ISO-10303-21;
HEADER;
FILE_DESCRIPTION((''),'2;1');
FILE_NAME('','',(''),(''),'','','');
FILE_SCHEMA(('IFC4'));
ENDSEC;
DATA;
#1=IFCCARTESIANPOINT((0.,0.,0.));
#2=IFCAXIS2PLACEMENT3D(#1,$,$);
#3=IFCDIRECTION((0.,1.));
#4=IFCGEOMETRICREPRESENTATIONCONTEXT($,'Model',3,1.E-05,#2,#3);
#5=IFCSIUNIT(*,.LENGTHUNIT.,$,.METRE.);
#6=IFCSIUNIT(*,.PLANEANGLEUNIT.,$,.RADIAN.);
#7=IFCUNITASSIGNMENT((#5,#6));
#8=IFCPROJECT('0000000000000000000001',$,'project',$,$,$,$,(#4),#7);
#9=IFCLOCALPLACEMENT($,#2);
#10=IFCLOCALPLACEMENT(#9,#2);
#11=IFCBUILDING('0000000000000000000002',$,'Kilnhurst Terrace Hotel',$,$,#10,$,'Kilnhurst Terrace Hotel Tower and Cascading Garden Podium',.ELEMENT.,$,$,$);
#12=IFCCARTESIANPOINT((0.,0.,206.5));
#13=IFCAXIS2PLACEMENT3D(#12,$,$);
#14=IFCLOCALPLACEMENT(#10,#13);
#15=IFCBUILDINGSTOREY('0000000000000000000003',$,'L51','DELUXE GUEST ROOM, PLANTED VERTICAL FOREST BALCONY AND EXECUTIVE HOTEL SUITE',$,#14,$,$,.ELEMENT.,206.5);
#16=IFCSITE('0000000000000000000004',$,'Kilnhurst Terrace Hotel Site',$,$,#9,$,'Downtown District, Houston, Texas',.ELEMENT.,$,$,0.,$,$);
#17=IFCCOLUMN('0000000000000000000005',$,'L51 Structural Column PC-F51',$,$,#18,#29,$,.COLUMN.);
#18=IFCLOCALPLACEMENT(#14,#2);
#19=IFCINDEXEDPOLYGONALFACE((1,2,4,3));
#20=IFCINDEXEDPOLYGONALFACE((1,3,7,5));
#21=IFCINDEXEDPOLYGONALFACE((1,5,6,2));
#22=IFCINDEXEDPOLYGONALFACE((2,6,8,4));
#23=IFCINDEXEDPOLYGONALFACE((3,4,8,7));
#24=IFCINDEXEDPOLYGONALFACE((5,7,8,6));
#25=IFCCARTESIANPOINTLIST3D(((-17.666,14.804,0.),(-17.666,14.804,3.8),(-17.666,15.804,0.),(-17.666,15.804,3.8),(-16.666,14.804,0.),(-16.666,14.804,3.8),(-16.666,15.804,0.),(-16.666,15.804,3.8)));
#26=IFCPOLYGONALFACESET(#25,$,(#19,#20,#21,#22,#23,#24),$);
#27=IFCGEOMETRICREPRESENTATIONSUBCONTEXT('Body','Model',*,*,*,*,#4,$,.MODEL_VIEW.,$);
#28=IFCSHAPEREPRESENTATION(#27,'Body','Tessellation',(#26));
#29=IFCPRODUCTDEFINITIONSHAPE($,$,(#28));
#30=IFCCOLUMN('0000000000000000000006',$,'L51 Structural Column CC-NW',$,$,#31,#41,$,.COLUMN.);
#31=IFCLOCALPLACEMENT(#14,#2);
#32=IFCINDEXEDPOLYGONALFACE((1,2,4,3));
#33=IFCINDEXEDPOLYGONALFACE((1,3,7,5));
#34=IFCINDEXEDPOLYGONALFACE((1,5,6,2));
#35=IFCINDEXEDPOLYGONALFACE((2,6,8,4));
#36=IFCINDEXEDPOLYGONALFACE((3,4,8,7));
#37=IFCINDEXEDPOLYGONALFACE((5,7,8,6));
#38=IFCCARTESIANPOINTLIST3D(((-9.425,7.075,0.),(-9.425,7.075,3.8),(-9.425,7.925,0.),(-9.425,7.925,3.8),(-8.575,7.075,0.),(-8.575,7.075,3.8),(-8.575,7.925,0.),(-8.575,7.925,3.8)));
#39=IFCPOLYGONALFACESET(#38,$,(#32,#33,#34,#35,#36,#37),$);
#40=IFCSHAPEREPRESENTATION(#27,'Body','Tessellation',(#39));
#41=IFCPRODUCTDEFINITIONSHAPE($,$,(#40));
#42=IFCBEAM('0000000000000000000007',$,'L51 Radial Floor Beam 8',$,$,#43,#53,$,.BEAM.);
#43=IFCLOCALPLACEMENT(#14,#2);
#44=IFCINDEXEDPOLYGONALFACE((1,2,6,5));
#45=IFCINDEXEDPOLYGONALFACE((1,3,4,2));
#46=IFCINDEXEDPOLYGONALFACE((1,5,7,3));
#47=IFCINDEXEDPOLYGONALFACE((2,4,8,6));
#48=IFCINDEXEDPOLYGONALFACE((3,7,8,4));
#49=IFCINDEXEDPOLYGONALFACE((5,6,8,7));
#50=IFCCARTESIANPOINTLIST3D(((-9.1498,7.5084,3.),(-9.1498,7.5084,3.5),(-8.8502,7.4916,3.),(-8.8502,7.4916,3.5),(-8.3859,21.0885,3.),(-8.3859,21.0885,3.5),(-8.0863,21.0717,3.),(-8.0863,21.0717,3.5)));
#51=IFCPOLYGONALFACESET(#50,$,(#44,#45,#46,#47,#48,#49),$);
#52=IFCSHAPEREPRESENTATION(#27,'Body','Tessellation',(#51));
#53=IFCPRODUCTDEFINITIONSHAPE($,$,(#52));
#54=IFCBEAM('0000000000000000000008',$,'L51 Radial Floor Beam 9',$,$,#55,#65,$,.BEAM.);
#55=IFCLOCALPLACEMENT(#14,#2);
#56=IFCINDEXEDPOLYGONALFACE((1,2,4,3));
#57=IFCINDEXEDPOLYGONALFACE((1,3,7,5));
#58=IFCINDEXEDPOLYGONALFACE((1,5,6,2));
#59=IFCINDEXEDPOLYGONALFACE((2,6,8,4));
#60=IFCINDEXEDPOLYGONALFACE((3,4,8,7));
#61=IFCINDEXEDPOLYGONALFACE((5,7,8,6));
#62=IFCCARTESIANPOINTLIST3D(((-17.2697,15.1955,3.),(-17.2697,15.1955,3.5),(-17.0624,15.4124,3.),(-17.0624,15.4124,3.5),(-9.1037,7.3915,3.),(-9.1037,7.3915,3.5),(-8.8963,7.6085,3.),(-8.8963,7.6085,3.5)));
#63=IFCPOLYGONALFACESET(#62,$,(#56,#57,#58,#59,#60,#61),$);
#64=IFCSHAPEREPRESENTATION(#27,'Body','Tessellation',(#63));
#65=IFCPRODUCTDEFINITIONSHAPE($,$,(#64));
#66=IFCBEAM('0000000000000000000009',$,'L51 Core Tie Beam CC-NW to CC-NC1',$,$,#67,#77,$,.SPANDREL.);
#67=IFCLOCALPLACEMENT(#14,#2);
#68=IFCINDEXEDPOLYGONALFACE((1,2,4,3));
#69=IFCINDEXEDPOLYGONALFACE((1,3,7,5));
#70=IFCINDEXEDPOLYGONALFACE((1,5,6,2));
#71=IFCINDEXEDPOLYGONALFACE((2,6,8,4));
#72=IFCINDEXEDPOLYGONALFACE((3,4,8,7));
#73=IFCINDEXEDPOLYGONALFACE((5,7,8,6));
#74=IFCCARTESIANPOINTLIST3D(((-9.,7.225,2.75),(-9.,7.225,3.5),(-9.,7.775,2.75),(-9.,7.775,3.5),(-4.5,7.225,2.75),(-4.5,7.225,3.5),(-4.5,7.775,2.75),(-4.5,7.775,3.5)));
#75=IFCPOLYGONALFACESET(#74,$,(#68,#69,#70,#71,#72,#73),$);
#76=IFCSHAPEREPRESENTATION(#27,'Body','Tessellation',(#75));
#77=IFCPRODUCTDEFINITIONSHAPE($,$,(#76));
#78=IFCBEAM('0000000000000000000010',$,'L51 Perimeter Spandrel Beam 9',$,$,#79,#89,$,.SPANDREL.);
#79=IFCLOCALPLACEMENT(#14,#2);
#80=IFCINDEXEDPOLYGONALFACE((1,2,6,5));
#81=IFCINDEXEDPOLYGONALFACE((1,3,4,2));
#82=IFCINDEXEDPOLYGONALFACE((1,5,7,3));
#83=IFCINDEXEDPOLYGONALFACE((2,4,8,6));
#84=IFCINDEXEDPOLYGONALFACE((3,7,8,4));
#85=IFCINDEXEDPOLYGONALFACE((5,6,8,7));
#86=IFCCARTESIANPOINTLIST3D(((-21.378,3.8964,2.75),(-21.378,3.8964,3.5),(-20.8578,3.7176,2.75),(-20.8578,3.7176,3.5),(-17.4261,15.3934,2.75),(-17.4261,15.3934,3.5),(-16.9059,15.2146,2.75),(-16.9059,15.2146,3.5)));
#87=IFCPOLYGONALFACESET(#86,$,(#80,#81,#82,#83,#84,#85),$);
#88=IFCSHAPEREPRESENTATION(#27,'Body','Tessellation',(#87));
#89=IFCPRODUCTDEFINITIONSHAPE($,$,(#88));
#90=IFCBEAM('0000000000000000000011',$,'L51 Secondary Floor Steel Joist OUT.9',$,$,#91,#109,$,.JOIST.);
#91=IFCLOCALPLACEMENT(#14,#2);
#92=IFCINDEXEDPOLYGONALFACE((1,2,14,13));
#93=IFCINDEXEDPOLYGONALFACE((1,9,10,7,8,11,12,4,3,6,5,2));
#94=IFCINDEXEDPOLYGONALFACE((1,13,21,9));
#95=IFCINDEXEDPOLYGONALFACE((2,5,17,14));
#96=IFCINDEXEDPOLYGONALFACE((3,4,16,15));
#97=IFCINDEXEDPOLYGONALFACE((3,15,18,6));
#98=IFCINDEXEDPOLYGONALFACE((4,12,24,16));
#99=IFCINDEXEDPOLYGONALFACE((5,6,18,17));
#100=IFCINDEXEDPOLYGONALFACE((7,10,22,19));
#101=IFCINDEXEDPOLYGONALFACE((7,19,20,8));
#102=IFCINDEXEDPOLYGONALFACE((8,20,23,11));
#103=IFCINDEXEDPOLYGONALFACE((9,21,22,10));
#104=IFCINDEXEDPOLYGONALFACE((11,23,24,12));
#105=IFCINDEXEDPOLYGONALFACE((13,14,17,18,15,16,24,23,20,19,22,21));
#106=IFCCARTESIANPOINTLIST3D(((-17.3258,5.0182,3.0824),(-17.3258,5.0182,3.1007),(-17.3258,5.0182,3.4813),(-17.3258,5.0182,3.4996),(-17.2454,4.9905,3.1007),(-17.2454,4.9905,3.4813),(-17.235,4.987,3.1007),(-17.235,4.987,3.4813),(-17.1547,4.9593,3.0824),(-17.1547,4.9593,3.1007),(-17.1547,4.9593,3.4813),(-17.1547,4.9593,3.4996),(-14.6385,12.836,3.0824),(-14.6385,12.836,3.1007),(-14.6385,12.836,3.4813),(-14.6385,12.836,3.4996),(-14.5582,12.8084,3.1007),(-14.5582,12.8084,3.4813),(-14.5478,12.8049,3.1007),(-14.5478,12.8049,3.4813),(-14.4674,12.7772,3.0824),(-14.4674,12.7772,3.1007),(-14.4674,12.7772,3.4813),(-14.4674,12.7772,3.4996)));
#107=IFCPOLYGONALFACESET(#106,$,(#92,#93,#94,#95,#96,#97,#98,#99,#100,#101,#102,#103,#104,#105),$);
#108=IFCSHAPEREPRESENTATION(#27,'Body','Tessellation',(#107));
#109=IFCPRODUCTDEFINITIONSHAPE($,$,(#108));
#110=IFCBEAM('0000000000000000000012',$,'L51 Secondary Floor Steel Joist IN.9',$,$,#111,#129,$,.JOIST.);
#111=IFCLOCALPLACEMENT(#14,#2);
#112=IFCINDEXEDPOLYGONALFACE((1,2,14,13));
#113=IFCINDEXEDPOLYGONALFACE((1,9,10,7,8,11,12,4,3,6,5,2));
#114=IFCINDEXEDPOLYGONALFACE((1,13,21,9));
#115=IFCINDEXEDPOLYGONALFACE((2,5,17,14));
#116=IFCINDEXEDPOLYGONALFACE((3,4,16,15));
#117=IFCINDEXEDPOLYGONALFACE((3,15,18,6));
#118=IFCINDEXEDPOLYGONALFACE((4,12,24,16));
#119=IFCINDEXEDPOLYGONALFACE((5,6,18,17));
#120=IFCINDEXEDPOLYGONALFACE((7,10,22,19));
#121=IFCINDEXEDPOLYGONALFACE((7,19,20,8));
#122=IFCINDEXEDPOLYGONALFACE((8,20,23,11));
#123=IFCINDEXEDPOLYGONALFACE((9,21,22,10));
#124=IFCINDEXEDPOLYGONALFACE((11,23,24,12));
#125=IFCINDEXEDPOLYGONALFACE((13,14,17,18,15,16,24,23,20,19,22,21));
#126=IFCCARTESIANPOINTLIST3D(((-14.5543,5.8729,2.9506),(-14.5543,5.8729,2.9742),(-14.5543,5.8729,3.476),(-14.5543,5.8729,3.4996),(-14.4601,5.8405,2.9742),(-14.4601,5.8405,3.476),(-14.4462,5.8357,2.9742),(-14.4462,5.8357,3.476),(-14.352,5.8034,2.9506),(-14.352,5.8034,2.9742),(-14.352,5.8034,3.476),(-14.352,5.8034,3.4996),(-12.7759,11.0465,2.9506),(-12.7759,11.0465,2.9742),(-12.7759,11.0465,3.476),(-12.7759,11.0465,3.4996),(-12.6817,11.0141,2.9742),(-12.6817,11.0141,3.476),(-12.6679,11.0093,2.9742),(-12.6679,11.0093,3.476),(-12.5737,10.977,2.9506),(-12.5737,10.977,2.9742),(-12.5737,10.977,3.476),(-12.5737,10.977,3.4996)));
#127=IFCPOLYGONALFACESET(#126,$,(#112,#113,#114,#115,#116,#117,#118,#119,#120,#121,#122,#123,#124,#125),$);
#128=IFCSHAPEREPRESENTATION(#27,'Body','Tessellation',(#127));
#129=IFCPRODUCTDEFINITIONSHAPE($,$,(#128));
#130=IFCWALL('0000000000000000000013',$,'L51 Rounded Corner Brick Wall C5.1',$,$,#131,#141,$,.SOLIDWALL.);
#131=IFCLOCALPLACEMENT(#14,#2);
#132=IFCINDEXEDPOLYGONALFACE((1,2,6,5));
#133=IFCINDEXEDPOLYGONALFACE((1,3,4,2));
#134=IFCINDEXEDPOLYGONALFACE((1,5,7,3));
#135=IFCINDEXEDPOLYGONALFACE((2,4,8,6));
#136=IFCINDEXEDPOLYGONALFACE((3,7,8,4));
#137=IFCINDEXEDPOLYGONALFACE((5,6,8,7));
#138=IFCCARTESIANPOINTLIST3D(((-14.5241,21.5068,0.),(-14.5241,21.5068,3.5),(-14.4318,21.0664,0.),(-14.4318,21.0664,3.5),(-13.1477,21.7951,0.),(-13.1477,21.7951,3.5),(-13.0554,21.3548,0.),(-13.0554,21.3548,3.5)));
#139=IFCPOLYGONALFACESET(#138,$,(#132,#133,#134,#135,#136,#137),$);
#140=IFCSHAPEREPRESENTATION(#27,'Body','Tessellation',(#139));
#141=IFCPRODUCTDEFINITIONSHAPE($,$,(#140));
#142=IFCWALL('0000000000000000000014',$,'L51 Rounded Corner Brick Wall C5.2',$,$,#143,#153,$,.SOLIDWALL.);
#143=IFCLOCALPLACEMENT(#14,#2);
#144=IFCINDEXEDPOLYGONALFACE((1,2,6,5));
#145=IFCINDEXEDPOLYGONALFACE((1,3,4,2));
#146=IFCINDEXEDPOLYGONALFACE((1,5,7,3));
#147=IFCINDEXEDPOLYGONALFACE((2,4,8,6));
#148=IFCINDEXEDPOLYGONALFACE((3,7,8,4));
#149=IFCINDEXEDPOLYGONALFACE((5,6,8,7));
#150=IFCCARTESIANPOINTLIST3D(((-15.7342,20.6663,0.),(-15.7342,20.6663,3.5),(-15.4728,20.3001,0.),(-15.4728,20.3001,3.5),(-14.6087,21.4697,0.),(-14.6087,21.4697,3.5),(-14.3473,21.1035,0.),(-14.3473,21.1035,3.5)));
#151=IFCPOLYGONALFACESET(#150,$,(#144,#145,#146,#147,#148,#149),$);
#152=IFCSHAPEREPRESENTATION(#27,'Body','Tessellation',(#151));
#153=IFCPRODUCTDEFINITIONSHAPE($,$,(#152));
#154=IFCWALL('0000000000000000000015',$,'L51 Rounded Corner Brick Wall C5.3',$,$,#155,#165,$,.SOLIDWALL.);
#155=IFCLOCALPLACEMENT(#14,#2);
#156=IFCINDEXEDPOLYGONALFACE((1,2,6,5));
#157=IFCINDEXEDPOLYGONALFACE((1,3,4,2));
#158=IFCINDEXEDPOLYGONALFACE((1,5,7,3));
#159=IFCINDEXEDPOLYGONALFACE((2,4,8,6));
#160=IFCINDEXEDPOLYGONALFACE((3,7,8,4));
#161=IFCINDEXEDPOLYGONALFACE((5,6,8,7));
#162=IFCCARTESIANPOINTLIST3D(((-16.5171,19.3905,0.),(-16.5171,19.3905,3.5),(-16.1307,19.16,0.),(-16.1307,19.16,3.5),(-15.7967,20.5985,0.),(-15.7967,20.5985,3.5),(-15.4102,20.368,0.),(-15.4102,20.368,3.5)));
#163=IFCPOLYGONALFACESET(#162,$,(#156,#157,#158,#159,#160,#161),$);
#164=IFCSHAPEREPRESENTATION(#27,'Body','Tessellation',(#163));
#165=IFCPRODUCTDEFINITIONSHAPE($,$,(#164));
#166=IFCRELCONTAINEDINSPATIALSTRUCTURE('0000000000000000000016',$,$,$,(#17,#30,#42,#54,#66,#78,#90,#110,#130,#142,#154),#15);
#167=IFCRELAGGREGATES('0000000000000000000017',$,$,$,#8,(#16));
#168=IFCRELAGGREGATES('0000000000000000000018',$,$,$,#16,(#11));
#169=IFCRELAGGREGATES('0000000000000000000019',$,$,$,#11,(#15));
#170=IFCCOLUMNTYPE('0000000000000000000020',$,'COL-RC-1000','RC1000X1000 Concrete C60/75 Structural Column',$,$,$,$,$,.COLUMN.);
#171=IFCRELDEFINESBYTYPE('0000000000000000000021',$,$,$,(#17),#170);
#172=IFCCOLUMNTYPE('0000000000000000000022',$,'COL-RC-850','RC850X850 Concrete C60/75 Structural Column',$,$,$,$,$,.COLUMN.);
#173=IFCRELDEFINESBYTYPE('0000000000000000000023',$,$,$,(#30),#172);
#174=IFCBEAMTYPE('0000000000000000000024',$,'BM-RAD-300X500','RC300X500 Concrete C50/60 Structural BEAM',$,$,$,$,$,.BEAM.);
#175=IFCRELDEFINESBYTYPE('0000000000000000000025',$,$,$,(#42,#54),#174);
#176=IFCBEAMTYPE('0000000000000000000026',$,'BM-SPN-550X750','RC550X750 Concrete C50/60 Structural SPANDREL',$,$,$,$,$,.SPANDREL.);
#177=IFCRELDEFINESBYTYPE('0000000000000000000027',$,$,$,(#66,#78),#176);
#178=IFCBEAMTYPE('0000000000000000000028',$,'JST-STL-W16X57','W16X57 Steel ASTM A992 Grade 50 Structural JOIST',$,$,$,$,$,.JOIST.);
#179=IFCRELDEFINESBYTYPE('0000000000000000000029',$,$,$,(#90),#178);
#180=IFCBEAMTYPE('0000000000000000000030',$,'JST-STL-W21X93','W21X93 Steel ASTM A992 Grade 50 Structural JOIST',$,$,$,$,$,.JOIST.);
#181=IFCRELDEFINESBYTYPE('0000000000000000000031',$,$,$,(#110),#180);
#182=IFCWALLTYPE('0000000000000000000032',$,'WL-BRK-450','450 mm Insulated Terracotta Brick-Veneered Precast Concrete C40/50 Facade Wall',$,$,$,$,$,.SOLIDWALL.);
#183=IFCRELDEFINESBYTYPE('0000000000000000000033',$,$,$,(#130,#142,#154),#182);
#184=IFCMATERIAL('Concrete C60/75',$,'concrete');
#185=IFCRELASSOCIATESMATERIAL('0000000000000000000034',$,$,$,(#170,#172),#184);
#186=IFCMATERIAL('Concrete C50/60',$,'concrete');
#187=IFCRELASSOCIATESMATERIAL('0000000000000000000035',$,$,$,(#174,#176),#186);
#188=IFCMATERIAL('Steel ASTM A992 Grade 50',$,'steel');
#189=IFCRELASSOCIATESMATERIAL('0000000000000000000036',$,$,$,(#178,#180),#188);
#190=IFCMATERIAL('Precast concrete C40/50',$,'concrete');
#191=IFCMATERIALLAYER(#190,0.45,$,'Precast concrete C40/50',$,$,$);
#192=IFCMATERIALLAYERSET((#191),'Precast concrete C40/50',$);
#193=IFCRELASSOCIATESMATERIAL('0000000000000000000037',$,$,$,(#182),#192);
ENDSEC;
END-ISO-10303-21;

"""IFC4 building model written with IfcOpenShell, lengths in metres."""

from ifc_helpers import new_model, si_unit, direction, frame, frame_2d, origin, origin_2d, place, context, subcontext, project, spatial, rectangle, i_section, extrude, material, layer, layer_set, material_profile, profile_set, type_object, element, save


model = new_model("IFC4")

# Units and contexts
model_context = context("Model", 3, precision=1e-05, world=origin(), true_north=direction((0.0, 1.0)))
body_context = subcontext(model_context, "Body", "Model", "MODEL_VIEW")
ifc_project = project(units=[si_unit("LENGTHUNIT", "METRE"), si_unit("PLANEANGLEUNIT", "RADIAN")], contexts=[model_context])

# Site, building, storey
site_placement = place(None, origin())
site = spatial("IfcSite", under=ifc_project, at=site_placement, Name="Kilnhurst Terrace Hotel Site", LongName="Downtown District, Houston, Texas", CompositionType="ELEMENT", RefElevation=0.0)
building_placement = place(site_placement, origin())
building = spatial("IfcBuilding", under=site, at=building_placement, Name="Kilnhurst Terrace Hotel", LongName="Kilnhurst Terrace Hotel Tower and Cascading Garden Podium", CompositionType="ELEMENT")
storey_placement = place(building_placement, frame((0.0, 0.0, 206.5)))
storey = spatial("IfcBuildingStorey", under=building, at=storey_placement, Name="L51", Description="DELUXE GUEST ROOM, PLANTED VERTICAL FOREST BALCONY AND EXECUTIVE HOTEL SUITE", CompositionType="ELEMENT", Elevation=206.5)

# Columns
ifc_material_1 = material(Name="Concrete C60/75", Category="concrete")
ifc_material_profile_1 = material_profile(ifc_material_1, rectangle(XDim=1.0, YDim=1.0, at=origin_2d()), Name="RC1000X1000")
ifc_profile_set_1 = profile_set([ifc_material_profile_1], Name="Concrete C60/75")
column_type_1 = type_object("IfcColumnType", Name="COL-RC-1000", Description="RC1000X1000 Concrete C60/75 Structural Column", PredefinedType="COLUMN", material=ifc_profile_set_1)
column_1_placement = place(storey_placement, frame((-17.166, 15.304, 0.0), z_axis=(0.0, 0.0, 1.0), x_axis=(1.0, 0.0, 0.0)))
element("IfcColumn", 1, at=column_1_placement, inside=storey, type_object=column_type_1, Name="L51 Structural Column PC-F51", PredefinedType="COLUMN", context=body_context, shape_type="SweptSolid", body=[
    extrude(rectangle(XDim=1.0, YDim=1.0, at=origin_2d()), origin(), (0.0, 0.0, 1.0), 3.8),
])
ifc_material_profile_2 = material_profile(ifc_material_1, rectangle(XDim=0.8501, YDim=0.8501, at=origin_2d()), Name="RC850X850")
ifc_profile_set_2 = profile_set([ifc_material_profile_2], Name="Concrete C60/75")
column_type_2 = type_object("IfcColumnType", Name="COL-RC-850", Description="RC850X850 Concrete C60/75 Structural Column", PredefinedType="COLUMN", material=ifc_profile_set_2)
column_2_placement = place(storey_placement, frame((-9.0, 7.5, 0.0), z_axis=(0.0, 0.0, 1.0), x_axis=(1.0, 0.0, 0.0)))
element("IfcColumn", 2, at=column_2_placement, inside=storey, type_object=column_type_2, Name="L51 Structural Column CC-NW", PredefinedType="COLUMN", context=body_context, shape_type="SweptSolid", body=[
    extrude(rectangle(XDim=0.8501, YDim=0.8501, at=origin_2d()), origin(), (0.0, 0.0, 1.0), 3.8),
])

# Beams
ifc_material_2 = material(Name="Concrete C50/60", Category="concrete")
ifc_material_profile_3 = material_profile(ifc_material_2, rectangle(XDim=0.3, YDim=0.5, at=origin_2d()), Name="RC300X500")
ifc_profile_set_3 = profile_set([ifc_material_profile_3], Name="Concrete C50/60")
beam_type_1 = type_object("IfcBeamType", Name="BM-RAD-300X500", Description="RC300X500 Concrete C50/60 Structural BEAM", PredefinedType="BEAM", material=ifc_profile_set_3)
beam_1_placement = place(storey_placement, frame((-9.0, 7.5, 3.25), z_axis=(0.056164, 0.998422, 0.0), x_axis=(-0.998422, 0.056164, 0.0)))
element("IfcBeam", 3, at=beam_1_placement, inside=storey, type_object=beam_type_1, Name="L51 Radial Floor Beam 8", PredefinedType="BEAM", context=body_context, shape_type="SweptSolid", body=[
    extrude(rectangle(XDim=0.3, YDim=0.5, at=origin_2d()), origin(), (0.0, 0.0, 1.0), 13.6016),
])
beam_2_placement = place(storey_placement, frame((-9.0, 7.5, 3.25), z_axis=(-0.722952, 0.690898, 0.0), x_axis=(-0.690898, -0.722952, 0.0)))
element("IfcBeam", 4, at=beam_2_placement, inside=storey, type_object=beam_type_1, Name="L51 Radial Floor Beam 9", PredefinedType="BEAM", context=body_context, shape_type="SweptSolid", body=[
    extrude(rectangle(XDim=0.3, YDim=0.5, at=origin_2d()), origin(), (0.0, 0.0, 1.0), 11.2954),
])
ifc_material_profile_4 = material_profile(ifc_material_2, rectangle(XDim=0.55, YDim=0.75, at=origin_2d()), Name="RC550X750")
ifc_profile_set_4 = profile_set([ifc_material_profile_4], Name="Concrete C50/60")
beam_type_2 = type_object("IfcBeamType", Name="BM-SPN-550X750", Description="RC550X750 Concrete C50/60 Structural SPANDREL", PredefinedType="SPANDREL", material=ifc_profile_set_4)
beam_3_placement = place(storey_placement, frame((-9.0, 7.5, 3.125), z_axis=(1.0, 0.0, 0.0), x_axis=(0.0, 1.0, 0.0)))
element("IfcBeam", 5, at=beam_3_placement, inside=storey, type_object=beam_type_2, Name="L51 Core Tie Beam CC-NW to CC-NC1", PredefinedType="SPANDREL", context=body_context, shape_type="SweptSolid", body=[
    extrude(rectangle(XDim=0.55, YDim=0.75, at=origin_2d()), origin(), (0.0, 0.0, 1.0), 4.5),
])
beam_4_placement = place(storey_placement, frame((-17.166, 15.304, 3.125), z_axis=(-0.325064, -0.945692, 0.0), x_axis=(0.945692, -0.325064, 0.0)))
element("IfcBeam", 6, at=beam_4_placement, inside=storey, type_object=beam_type_2, Name="L51 Perimeter Spandrel Beam 9", PredefinedType="SPANDREL", context=body_context, shape_type="SweptSolid", body=[
    extrude(rectangle(XDim=0.55, YDim=0.75, at=origin_2d()), origin(), (0.0, 0.0, 1.0), 12.1572),
])
ifc_material_3 = material(Name="Steel ASTM A992 Grade 50", Category="steel")
ifc_material_profile_5 = material_profile(ifc_material_3, i_section(OverallWidth=0.1809, OverallDepth=0.4172, WebThickness=0.011, FlangeThickness=0.0183, at=origin_2d()), Name="W16X57")
ifc_profile_set_5 = profile_set([ifc_material_profile_5], Name="Steel ASTM A992 Grade 50")
beam_type_3 = type_object("IfcBeamType", Name="JST-STL-W16X57", Description="W16X57 Steel ASTM A992 Grade 50 Structural JOIST", PredefinedType="JOIST", material=ifc_profile_set_5)
beam_5_placement = place(storey_placement, frame((-14.553, 12.8066, 3.291), z_axis=(-0.325065, -0.945692, 0.0), x_axis=(0.945692, -0.325065, 0.0)))
element("IfcBeam", 7, at=beam_5_placement, inside=storey, type_object=beam_type_3, Name="L51 Secondary Floor Steel Joist OUT.9", PredefinedType="JOIST", context=body_context, shape_type="SweptSolid", body=[
    extrude(i_section(OverallWidth=0.1809, OverallDepth=0.4172, WebThickness=0.011, FlangeThickness=0.0183, at=origin_2d()), origin(), (0.0, 0.0, 1.0), 8.2668),
])
ifc_material_profile_6 = material_profile(ifc_material_3, i_section(OverallWidth=0.2139, OverallDepth=0.5491, WebThickness=0.0146, FlangeThickness=0.0237, at=origin_2d()), Name="W21X93")
ifc_profile_set_6 = profile_set([ifc_material_profile_6], Name="Steel ASTM A992 Grade 50")
beam_type_4 = type_object("IfcBeamType", Name="JST-STL-W21X93", Description="W21X93 Steel ASTM A992 Grade 50 Structural JOIST", PredefinedType="JOIST", material=ifc_profile_set_6)
beam_6_placement = place(storey_placement, frame((-12.6748, 11.0117, 3.2251), z_axis=(-0.325064, -0.945692, 0.0), x_axis=(0.945692, -0.325064, 0.0)))
element("IfcBeam", 8, at=beam_6_placement, inside=storey, type_object=beam_type_4, Name="L51 Secondary Floor Steel Joist IN.9", PredefinedType="JOIST", context=body_context, shape_type="SweptSolid", body=[
    extrude(i_section(OverallWidth=0.2139, OverallDepth=0.5491, WebThickness=0.0146, FlangeThickness=0.0237, at=origin_2d()), origin(), (0.0, 0.0, 1.0), 5.4707),
])

# Walls
ifc_material_4 = material(Name="Precast concrete C40/50", Category="concrete")
ifc_layer_1 = layer(ifc_material_4, 0.45, Name="Precast concrete C40/50")
ifc_layer_set_1 = layer_set([ifc_layer_1], Name="Precast concrete C40/50")
wall_type_1 = type_object("IfcWallType", Name="WL-BRK-450", Description="450 mm Insulated Terracotta Brick-Veneered Precast Concrete C40/50 Facade Wall", PredefinedType="SOLIDWALL", material=ifc_layer_set_1)
wall_1_placement = place(storey_placement, frame((-13.1016, 21.575, 0.0), z_axis=(0.0, 0.0, 1.0), x_axis=(-0.978757, -0.205022, 0.0)))
element("IfcWall", 9, at=wall_1_placement, inside=storey, type_object=wall_type_1, Name="L51 Rounded Corner Brick Wall C5.1", PredefinedType="SOLIDWALL", context=body_context, shape_type="SweptSolid", body=[
    extrude(rectangle(XDim=1.4062, YDim=0.45, at=frame_2d((0.7031, 0.0))), origin(), (0.0, 0.0, 1.0), 3.5),
])
wall_2_placement = place(storey_placement, frame((-14.478, 21.2866, 0.0), z_axis=(0.0, 0.0, 1.0), x_axis=(-0.813889, -0.581021, 0.0)))
element("IfcWall", 10, at=wall_2_placement, inside=storey, type_object=wall_type_1, Name="L51 Rounded Corner Brick Wall C5.2", PredefinedType="SOLIDWALL", context=body_context, shape_type="SweptSolid", body=[
    extrude(rectangle(XDim=1.3828, YDim=0.45, at=frame_2d((0.6914, 0.0))), origin(), (0.0, 0.0, 1.0), 3.5),
])
wall_3_placement = place(storey_placement, frame((-15.6035, 20.4832, 0.0), z_axis=(0.0, 0.0, 1.0), x_axis=(-0.512222, -0.858853, 0.0)))
element("IfcWall", 11, at=wall_3_placement, inside=storey, type_object=wall_type_1, Name="L51 Rounded Corner Brick Wall C5.3", PredefinedType="SOLIDWALL", context=body_context, shape_type="SweptSolid", body=[
    extrude(rectangle(XDim=1.4065, YDim=0.45, at=frame_2d((0.7031, 0.0))), origin(), (0.0, 0.0, 1.0), 3.5),
])

save(model, "model.ifc")
